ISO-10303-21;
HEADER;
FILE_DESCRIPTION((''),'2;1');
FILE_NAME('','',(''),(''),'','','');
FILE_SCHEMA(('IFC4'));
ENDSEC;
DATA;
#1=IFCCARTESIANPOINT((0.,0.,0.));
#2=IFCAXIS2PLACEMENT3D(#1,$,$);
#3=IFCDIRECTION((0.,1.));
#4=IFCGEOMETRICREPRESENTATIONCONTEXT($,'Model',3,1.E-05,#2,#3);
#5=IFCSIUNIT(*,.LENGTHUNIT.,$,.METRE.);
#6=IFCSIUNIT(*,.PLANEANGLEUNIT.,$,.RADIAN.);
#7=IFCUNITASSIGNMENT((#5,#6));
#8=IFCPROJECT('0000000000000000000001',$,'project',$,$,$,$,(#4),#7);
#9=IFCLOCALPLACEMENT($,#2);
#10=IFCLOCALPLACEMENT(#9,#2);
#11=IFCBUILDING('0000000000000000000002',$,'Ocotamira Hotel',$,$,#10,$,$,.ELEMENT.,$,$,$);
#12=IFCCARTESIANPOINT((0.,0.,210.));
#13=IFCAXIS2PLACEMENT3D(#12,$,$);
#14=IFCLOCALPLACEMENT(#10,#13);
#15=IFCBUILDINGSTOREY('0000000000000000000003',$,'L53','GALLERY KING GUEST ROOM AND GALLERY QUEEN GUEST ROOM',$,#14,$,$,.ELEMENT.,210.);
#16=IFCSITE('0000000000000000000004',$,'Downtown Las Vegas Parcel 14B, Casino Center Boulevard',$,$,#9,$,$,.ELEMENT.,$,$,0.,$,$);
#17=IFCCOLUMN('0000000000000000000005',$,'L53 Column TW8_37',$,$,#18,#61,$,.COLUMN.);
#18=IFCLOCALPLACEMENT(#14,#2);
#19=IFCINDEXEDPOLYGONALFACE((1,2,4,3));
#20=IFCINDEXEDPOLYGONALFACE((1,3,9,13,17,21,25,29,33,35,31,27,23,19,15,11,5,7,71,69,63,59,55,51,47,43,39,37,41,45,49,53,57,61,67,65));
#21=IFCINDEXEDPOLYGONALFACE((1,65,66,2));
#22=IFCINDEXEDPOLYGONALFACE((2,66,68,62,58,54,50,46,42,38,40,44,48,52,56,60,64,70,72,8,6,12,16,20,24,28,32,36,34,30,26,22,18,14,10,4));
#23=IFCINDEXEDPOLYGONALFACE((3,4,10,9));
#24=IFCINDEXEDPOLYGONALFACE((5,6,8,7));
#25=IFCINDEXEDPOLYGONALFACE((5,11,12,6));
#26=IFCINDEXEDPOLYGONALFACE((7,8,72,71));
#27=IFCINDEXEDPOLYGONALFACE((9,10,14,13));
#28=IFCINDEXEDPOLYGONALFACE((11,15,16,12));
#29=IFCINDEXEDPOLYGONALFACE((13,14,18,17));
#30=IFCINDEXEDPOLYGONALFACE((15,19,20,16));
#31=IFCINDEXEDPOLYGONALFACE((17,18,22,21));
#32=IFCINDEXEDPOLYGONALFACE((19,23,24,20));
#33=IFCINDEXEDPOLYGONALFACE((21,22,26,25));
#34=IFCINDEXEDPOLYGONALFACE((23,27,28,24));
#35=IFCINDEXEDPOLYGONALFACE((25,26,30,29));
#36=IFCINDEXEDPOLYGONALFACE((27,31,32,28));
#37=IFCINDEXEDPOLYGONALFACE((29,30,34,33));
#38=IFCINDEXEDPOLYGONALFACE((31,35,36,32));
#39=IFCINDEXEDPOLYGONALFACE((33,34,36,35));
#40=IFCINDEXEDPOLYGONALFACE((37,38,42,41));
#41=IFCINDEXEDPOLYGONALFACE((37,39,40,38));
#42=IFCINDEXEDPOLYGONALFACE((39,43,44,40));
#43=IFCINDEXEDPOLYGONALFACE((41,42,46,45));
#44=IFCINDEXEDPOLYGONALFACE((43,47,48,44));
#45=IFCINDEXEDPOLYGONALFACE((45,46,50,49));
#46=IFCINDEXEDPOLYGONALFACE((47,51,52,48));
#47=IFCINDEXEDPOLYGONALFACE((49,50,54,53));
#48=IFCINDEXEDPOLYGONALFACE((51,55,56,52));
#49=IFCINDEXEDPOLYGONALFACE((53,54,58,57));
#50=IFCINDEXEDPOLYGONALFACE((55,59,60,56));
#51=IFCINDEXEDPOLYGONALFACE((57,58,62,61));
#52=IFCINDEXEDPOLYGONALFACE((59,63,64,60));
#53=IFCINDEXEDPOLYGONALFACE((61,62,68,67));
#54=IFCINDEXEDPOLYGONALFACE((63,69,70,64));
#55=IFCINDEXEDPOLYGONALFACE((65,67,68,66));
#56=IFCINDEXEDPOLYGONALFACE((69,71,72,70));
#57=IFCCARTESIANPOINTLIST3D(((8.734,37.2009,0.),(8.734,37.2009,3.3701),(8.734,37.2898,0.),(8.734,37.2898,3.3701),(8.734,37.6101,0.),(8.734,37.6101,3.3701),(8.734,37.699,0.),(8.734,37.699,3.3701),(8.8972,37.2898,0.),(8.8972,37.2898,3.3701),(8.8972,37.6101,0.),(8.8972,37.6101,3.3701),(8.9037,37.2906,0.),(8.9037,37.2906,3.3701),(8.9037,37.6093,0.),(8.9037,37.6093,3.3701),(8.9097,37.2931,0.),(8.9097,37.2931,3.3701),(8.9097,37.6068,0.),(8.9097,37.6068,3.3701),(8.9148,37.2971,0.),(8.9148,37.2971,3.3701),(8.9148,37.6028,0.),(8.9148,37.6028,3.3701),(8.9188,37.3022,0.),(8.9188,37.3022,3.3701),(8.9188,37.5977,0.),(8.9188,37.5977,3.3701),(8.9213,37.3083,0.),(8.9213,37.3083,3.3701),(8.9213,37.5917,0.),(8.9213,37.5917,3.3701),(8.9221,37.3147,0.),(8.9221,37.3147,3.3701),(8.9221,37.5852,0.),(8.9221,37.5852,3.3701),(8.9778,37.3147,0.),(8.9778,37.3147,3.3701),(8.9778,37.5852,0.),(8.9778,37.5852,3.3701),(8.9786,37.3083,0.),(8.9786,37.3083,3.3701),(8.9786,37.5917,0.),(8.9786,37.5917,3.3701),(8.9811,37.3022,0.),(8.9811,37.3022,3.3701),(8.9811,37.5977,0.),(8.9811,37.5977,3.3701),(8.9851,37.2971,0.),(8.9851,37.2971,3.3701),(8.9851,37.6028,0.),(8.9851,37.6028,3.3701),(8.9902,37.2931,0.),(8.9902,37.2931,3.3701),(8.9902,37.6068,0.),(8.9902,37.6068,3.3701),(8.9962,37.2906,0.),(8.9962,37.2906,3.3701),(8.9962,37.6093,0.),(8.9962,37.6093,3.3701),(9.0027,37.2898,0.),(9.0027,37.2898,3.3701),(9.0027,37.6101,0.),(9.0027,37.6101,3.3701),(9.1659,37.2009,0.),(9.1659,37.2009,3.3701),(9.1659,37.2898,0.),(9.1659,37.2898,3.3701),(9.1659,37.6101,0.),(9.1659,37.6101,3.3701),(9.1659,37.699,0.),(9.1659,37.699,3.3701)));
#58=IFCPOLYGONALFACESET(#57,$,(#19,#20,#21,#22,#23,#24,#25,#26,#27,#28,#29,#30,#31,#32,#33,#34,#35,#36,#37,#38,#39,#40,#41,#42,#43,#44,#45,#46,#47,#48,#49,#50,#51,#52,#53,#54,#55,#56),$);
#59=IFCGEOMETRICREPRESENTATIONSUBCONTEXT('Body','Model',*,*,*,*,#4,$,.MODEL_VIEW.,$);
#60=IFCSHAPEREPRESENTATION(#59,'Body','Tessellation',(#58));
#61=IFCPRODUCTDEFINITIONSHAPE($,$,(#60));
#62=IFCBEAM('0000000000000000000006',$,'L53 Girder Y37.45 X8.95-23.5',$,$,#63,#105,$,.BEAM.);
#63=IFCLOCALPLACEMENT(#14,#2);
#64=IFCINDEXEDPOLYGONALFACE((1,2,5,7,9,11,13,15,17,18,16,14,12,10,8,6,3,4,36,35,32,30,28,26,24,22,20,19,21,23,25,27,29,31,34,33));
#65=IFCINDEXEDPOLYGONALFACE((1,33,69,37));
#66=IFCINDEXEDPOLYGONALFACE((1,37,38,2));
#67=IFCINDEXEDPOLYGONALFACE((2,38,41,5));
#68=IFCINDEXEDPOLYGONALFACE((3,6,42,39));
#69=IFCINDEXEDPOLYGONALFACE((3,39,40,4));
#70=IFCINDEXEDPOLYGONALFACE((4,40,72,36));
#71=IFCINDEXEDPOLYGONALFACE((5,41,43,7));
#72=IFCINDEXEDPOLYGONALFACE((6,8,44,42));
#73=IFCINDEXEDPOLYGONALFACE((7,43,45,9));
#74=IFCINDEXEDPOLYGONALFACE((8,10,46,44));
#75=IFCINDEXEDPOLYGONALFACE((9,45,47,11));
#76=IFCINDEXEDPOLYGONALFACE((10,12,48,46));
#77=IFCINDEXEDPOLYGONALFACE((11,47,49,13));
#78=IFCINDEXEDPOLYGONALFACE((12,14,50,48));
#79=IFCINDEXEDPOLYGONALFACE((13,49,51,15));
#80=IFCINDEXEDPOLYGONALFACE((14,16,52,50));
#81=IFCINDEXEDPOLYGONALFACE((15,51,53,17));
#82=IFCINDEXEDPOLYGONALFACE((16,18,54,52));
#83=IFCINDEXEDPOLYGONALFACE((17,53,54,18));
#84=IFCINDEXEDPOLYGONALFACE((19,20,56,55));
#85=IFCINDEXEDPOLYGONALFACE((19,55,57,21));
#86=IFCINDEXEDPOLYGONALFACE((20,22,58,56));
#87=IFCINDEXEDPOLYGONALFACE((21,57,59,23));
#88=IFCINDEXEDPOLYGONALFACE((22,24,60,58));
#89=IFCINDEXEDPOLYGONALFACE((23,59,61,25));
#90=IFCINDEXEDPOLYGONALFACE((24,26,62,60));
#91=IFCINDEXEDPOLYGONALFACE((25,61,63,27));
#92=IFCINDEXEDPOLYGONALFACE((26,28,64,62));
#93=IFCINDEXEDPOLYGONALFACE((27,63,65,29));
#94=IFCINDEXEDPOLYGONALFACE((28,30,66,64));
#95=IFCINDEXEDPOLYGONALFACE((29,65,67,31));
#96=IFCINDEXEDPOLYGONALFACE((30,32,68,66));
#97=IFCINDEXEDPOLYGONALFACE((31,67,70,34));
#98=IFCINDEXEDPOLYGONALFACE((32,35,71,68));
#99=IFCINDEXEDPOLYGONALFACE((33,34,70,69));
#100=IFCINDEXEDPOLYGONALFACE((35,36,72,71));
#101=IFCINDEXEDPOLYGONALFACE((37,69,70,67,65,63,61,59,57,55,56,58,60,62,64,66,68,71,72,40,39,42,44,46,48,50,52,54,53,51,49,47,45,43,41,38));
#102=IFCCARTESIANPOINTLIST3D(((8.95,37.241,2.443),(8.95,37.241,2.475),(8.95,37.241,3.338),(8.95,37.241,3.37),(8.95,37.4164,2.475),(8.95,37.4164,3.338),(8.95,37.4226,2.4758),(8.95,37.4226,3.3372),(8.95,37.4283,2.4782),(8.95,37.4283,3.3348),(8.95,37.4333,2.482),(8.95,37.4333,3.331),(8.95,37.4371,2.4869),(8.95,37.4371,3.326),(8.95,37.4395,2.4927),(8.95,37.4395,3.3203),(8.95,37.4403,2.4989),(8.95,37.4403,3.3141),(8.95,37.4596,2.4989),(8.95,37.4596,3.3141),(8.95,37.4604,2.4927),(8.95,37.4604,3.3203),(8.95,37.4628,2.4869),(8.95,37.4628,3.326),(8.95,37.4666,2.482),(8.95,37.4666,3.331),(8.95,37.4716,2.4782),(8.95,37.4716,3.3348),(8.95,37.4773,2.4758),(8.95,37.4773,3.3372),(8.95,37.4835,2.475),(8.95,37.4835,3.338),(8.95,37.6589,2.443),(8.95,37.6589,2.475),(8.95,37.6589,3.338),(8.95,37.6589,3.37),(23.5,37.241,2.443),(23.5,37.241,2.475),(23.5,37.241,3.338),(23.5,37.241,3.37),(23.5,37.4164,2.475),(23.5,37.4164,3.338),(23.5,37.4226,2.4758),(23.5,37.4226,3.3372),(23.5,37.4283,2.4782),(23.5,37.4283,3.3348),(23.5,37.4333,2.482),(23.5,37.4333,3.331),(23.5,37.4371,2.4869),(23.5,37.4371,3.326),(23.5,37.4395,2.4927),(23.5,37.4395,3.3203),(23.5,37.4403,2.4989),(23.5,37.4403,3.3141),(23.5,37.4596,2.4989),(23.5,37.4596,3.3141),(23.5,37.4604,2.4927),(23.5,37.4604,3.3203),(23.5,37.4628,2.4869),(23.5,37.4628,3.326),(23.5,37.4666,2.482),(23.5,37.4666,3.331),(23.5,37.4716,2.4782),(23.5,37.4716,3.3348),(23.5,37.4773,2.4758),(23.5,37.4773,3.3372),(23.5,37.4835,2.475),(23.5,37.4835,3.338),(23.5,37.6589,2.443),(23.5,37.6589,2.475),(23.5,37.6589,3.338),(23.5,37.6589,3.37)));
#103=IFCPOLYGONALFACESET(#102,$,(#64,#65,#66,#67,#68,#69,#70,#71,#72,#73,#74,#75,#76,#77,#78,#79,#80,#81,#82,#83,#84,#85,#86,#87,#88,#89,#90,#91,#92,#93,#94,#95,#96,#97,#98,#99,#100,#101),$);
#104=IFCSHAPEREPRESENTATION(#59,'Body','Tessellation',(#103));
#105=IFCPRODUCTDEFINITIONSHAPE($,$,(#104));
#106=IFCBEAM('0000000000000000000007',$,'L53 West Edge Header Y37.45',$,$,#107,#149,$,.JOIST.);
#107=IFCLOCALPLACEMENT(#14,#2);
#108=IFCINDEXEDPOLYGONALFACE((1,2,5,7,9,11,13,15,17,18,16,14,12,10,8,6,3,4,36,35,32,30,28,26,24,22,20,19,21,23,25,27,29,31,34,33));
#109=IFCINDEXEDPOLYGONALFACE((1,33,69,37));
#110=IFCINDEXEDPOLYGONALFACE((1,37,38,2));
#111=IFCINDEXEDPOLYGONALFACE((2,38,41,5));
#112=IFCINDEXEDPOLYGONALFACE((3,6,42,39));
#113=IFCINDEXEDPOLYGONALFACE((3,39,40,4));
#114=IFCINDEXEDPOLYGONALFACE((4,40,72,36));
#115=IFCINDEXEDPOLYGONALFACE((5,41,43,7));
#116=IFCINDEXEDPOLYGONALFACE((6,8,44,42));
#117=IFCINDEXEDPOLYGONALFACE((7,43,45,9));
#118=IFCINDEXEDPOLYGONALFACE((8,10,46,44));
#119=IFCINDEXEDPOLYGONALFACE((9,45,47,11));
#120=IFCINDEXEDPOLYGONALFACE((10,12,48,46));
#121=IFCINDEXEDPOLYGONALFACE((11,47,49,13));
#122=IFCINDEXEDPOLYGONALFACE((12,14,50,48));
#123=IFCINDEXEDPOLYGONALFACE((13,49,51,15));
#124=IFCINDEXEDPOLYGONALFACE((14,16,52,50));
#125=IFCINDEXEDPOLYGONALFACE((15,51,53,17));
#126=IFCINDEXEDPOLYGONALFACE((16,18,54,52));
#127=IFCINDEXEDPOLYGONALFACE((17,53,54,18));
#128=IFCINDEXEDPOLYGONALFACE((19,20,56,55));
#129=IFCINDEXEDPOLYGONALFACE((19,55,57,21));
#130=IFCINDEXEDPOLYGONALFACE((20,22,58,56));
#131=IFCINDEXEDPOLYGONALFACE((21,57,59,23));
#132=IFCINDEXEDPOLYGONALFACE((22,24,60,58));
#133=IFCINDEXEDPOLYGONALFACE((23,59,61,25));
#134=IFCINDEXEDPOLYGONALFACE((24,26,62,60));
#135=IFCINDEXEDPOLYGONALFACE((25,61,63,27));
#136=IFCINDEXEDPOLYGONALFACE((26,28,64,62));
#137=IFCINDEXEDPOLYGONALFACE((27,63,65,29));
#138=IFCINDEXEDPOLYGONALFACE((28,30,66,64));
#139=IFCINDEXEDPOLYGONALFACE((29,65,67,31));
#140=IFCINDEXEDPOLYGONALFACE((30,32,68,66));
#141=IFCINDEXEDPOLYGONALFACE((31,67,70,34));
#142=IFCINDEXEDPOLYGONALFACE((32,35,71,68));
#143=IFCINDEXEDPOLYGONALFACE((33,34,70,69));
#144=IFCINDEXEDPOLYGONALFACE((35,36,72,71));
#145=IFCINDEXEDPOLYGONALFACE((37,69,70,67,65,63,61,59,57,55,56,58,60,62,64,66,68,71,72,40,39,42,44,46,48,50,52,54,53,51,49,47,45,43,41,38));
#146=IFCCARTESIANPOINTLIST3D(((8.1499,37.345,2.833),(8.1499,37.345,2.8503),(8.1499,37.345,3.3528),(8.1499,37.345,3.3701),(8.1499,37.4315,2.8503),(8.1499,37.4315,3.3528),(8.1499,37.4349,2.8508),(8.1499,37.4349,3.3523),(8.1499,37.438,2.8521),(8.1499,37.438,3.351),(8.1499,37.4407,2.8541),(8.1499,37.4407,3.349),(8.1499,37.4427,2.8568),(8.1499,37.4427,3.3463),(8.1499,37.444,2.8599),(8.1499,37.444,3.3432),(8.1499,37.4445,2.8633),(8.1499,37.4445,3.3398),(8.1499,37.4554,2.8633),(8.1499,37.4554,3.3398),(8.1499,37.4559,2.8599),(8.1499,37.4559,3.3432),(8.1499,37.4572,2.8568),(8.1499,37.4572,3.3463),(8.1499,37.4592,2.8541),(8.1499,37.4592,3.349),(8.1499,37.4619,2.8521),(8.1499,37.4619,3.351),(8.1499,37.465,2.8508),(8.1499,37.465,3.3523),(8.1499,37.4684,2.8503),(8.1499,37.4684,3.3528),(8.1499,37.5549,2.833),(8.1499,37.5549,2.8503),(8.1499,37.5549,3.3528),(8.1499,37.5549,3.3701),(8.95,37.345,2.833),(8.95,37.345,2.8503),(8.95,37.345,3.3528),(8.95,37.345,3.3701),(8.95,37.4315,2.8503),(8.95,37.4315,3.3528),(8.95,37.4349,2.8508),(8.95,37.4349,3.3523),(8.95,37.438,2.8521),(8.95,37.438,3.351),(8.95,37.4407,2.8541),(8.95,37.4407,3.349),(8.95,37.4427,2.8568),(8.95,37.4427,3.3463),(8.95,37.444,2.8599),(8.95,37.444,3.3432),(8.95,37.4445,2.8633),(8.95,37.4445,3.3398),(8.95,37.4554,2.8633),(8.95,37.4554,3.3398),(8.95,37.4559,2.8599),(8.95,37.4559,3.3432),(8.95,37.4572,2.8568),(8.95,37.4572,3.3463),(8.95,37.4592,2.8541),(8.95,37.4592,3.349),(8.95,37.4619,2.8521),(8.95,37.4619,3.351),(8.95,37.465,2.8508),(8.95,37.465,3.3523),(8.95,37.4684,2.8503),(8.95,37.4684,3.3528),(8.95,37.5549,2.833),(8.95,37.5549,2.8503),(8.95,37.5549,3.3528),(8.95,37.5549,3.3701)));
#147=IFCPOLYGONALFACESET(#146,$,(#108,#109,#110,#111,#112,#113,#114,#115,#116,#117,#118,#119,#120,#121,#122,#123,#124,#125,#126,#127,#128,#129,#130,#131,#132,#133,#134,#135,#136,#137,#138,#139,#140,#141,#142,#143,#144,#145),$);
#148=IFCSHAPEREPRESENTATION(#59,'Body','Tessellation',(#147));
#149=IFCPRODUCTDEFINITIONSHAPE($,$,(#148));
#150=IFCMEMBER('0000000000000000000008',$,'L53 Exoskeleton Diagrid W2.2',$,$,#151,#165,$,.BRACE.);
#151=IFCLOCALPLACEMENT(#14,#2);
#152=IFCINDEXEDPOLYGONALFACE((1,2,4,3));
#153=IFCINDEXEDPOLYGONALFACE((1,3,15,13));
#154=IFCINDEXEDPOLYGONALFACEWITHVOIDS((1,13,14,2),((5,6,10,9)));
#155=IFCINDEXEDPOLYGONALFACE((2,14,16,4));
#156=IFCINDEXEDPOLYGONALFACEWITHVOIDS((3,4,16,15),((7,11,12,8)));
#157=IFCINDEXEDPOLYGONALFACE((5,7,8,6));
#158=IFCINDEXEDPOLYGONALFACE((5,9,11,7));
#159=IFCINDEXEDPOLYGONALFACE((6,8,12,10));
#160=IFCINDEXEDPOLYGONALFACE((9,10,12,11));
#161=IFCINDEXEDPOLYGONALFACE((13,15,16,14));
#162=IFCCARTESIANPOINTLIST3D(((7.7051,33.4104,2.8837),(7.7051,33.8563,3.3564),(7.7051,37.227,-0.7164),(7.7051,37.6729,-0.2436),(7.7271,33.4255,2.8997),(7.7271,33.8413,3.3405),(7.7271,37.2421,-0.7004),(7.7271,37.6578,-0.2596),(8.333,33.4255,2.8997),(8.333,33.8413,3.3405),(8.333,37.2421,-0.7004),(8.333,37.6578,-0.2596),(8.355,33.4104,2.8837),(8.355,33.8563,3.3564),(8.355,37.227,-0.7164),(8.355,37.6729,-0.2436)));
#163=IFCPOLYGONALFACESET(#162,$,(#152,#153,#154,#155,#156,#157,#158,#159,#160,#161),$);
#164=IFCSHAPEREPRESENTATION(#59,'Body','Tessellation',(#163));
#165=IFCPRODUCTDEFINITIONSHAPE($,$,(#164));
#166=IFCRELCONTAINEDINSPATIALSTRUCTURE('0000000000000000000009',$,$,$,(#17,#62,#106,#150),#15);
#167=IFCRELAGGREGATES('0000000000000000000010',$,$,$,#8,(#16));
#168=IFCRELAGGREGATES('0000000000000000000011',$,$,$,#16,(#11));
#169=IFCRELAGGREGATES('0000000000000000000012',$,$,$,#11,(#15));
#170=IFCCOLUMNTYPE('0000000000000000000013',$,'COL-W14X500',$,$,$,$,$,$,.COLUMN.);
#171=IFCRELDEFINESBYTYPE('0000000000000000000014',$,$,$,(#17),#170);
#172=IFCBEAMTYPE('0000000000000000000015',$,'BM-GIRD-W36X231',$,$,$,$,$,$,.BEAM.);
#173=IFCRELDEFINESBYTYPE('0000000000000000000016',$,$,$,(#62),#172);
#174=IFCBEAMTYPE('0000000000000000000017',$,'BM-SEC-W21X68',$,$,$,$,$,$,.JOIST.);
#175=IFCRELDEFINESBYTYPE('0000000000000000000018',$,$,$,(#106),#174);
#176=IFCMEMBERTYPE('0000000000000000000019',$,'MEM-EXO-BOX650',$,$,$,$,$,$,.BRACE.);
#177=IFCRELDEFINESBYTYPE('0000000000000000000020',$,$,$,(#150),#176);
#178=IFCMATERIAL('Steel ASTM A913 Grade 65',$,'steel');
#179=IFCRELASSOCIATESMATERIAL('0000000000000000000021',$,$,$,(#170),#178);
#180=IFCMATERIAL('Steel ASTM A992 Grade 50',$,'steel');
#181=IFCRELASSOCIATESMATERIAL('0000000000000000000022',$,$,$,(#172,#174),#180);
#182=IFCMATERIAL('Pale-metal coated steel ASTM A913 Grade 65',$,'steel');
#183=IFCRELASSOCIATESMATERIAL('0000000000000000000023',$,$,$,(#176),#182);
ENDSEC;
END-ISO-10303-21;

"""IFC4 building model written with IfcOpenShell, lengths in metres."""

from ifc_helpers import new_model, si_unit, direction, frame, origin, origin_2d, place, context, subcontext, project, spatial, hollow_rectangle, i_section, extrude, source, transform, mapped, material, material_profile, profile_set, type_object, element, save


model = new_model("IFC4")

# Units and contexts
model_context = context("Model", 3, precision=1e-05, world=origin(), true_north=direction((0.0, 1.0)))
body_context = subcontext(model_context, "Body", "Model", "MODEL_VIEW")
ifc_project = project(units=[si_unit("LENGTHUNIT", "METRE"), si_unit("PLANEANGLEUNIT", "RADIAN")], contexts=[model_context])

# Site, building, storey
site_placement = place(None, origin())
site = spatial("IfcSite", under=ifc_project, at=site_placement, Name="Downtown Las Vegas Parcel 14B, Casino Center Boulevard", CompositionType="ELEMENT", RefElevation=0.0)
building_placement = place(site_placement, origin())
building = spatial("IfcBuilding", under=site, at=building_placement, Name="Ocotamira Hotel", CompositionType="ELEMENT")
storey_placement = place(building_placement, frame((0.0, 0.0, 210.0)))
storey = spatial("IfcBuildingStorey", under=building, at=storey_placement, Name="L53", Description="GALLERY KING GUEST ROOM AND GALLERY QUEEN GUEST ROOM", CompositionType="ELEMENT", Elevation=210.0)

# Column
ifc_material_1 = material(Name="Steel ASTM A913 Grade 65", Category="steel")
ifc_material_profile_1 = material_profile(ifc_material_1, i_section(OverallWidth=0.4319, OverallDepth=0.498, WebThickness=0.0557, FlangeThickness=0.0889, FilletRadius=0.0249, at=origin_2d()), Name="W14X500")
ifc_profile_set_1 = profile_set([ifc_material_profile_1], Name="Steel ASTM A913 Grade 65")
column_type = type_object("IfcColumnType", Name="COL-W14X500", PredefinedType="COLUMN", material=ifc_profile_set_1)
shared_shape_1 = source(origin(), body_context, "Body", "SweptSolid", [
    extrude(i_section(OverallWidth=0.4319, OverallDepth=0.498, WebThickness=0.0557, FlangeThickness=0.0889, FilletRadius=0.0249, at=origin_2d()), origin(), (0.0, 0.0, 1.0), 3.3701),
])
column_placement = place(storey_placement, frame((8.95, 37.45, 0.0), z_axis=(0.0, 0.0, 1.0), x_axis=(1.0, 0.0, 0.0)))
element("IfcColumn", 1, at=column_placement, inside=storey, type_object=column_type, Name="L53 Column TW8_37", PredefinedType="COLUMN", context=body_context, shape_type="MappedRepresentation", body=[
    mapped(shared_shape_1, transform((0.0, 0.0, 0.0), scale=1.0)),
])

# Beams
ifc_material_2 = material(Name="Steel ASTM A992 Grade 50", Category="steel")
ifc_material_profile_2 = material_profile(ifc_material_2, i_section(OverallWidth=0.418, OverallDepth=0.927, WebThickness=0.0193, FlangeThickness=0.032, FilletRadius=0.0239, at=origin_2d()), Name="W36X231")
ifc_profile_set_2 = profile_set([ifc_material_profile_2], Name="Steel ASTM A992 Grade 50")
beam_type_1 = type_object("IfcBeamType", Name="BM-GIRD-W36X231", PredefinedType="BEAM", material=ifc_profile_set_2)
shared_shape_2 = source(origin(), body_context, "Body", "SweptSolid", [
    extrude(i_section(OverallWidth=0.418, OverallDepth=0.927, WebThickness=0.0193, FlangeThickness=0.032, FilletRadius=0.0239, at=origin_2d()), origin(), (0.0, 0.0, 1.0), 14.55),
])
beam_1_placement = place(storey_placement, frame((8.95, 37.45, 2.9065), z_axis=(1.0, 0.0, 0.0), x_axis=(0.0, 1.0, 0.0)))
element("IfcBeam", 2, at=beam_1_placement, inside=storey, type_object=beam_type_1, Name="L53 Girder Y37.45 X8.95-23.5", PredefinedType="BEAM", context=body_context, shape_type="MappedRepresentation", body=[
    mapped(shared_shape_2, transform((0.0, 0.0, 0.0), scale=1.0)),
])
ifc_material_profile_3 = material_profile(ifc_material_2, i_section(OverallWidth=0.21, OverallDepth=0.5371, WebThickness=0.011, FlangeThickness=0.0173, FilletRadius=0.0129, at=origin_2d()), Name="W21X68")
ifc_profile_set_3 = profile_set([ifc_material_profile_3], Name="Steel ASTM A992 Grade 50")
beam_type_2 = type_object("IfcBeamType", Name="BM-SEC-W21X68", PredefinedType="JOIST", material=ifc_profile_set_3)
shared_shape_3 = source(origin(), body_context, "Body", "SweptSolid", [
    extrude(i_section(OverallWidth=0.21, OverallDepth=0.5371, WebThickness=0.011, FlangeThickness=0.0173, FilletRadius=0.0129, at=origin_2d()), origin(), (0.0, 0.0, 1.0), 0.8),
])
beam_2_placement = place(storey_placement, frame((8.95, 37.45, 3.1016), z_axis=(-1.0, 0.0, 0.0), x_axis=(0.0, -1.0, 0.0)))
element("IfcBeam", 3, at=beam_2_placement, inside=storey, type_object=beam_type_2, Name="L53 West Edge Header Y37.45", PredefinedType="JOIST", context=body_context, shape_type="MappedRepresentation", body=[
    mapped(shared_shape_3, transform((0.0, 0.0, 0.0), scale=1.0)),
])

# Member
ifc_material_3 = material(Name="Pale-metal coated steel ASTM A913 Grade 65", Category="steel")
ifc_material_profile_4 = material_profile(ifc_material_3, hollow_rectangle(XDim=0.6499, YDim=0.6499, WallThickness=0.022, at=origin_2d()), Name="BOX650X650X22")
ifc_profile_set_4 = profile_set([ifc_material_profile_4], Name="Pale-metal coated steel ASTM A913 Grade 65")
member_type_1 = type_object("IfcMemberType", Name="MEM-EXO-BOX650", PredefinedType="BRACE", material=ifc_profile_set_4)
shared_shape_4 = source(origin(), body_context, "Body", "SweptSolid", [
    extrude(hollow_rectangle(XDim=0.6499, YDim=0.6499, WallThickness=0.022, at=origin_2d()), origin(), (0.0, 0.0, 1.0), 5.2466),
])
member_1_placement = place(storey_placement, frame((8.03, 37.45, -0.48), z_axis=(0.0, -0.727443, 0.686168), x_axis=(1.0, 0.0, 0.0)))
element("IfcMember", 4, at=member_1_placement, inside=storey, type_object=member_type_1, Name="L53 Exoskeleton Diagrid W2.2", PredefinedType="BRACE", context=body_context, shape_type="MappedRepresentation", body=[
    mapped(shared_shape_4, transform((0.0, 0.0, 0.0), scale=1.0)),
])

save(model, "model.ifc")
